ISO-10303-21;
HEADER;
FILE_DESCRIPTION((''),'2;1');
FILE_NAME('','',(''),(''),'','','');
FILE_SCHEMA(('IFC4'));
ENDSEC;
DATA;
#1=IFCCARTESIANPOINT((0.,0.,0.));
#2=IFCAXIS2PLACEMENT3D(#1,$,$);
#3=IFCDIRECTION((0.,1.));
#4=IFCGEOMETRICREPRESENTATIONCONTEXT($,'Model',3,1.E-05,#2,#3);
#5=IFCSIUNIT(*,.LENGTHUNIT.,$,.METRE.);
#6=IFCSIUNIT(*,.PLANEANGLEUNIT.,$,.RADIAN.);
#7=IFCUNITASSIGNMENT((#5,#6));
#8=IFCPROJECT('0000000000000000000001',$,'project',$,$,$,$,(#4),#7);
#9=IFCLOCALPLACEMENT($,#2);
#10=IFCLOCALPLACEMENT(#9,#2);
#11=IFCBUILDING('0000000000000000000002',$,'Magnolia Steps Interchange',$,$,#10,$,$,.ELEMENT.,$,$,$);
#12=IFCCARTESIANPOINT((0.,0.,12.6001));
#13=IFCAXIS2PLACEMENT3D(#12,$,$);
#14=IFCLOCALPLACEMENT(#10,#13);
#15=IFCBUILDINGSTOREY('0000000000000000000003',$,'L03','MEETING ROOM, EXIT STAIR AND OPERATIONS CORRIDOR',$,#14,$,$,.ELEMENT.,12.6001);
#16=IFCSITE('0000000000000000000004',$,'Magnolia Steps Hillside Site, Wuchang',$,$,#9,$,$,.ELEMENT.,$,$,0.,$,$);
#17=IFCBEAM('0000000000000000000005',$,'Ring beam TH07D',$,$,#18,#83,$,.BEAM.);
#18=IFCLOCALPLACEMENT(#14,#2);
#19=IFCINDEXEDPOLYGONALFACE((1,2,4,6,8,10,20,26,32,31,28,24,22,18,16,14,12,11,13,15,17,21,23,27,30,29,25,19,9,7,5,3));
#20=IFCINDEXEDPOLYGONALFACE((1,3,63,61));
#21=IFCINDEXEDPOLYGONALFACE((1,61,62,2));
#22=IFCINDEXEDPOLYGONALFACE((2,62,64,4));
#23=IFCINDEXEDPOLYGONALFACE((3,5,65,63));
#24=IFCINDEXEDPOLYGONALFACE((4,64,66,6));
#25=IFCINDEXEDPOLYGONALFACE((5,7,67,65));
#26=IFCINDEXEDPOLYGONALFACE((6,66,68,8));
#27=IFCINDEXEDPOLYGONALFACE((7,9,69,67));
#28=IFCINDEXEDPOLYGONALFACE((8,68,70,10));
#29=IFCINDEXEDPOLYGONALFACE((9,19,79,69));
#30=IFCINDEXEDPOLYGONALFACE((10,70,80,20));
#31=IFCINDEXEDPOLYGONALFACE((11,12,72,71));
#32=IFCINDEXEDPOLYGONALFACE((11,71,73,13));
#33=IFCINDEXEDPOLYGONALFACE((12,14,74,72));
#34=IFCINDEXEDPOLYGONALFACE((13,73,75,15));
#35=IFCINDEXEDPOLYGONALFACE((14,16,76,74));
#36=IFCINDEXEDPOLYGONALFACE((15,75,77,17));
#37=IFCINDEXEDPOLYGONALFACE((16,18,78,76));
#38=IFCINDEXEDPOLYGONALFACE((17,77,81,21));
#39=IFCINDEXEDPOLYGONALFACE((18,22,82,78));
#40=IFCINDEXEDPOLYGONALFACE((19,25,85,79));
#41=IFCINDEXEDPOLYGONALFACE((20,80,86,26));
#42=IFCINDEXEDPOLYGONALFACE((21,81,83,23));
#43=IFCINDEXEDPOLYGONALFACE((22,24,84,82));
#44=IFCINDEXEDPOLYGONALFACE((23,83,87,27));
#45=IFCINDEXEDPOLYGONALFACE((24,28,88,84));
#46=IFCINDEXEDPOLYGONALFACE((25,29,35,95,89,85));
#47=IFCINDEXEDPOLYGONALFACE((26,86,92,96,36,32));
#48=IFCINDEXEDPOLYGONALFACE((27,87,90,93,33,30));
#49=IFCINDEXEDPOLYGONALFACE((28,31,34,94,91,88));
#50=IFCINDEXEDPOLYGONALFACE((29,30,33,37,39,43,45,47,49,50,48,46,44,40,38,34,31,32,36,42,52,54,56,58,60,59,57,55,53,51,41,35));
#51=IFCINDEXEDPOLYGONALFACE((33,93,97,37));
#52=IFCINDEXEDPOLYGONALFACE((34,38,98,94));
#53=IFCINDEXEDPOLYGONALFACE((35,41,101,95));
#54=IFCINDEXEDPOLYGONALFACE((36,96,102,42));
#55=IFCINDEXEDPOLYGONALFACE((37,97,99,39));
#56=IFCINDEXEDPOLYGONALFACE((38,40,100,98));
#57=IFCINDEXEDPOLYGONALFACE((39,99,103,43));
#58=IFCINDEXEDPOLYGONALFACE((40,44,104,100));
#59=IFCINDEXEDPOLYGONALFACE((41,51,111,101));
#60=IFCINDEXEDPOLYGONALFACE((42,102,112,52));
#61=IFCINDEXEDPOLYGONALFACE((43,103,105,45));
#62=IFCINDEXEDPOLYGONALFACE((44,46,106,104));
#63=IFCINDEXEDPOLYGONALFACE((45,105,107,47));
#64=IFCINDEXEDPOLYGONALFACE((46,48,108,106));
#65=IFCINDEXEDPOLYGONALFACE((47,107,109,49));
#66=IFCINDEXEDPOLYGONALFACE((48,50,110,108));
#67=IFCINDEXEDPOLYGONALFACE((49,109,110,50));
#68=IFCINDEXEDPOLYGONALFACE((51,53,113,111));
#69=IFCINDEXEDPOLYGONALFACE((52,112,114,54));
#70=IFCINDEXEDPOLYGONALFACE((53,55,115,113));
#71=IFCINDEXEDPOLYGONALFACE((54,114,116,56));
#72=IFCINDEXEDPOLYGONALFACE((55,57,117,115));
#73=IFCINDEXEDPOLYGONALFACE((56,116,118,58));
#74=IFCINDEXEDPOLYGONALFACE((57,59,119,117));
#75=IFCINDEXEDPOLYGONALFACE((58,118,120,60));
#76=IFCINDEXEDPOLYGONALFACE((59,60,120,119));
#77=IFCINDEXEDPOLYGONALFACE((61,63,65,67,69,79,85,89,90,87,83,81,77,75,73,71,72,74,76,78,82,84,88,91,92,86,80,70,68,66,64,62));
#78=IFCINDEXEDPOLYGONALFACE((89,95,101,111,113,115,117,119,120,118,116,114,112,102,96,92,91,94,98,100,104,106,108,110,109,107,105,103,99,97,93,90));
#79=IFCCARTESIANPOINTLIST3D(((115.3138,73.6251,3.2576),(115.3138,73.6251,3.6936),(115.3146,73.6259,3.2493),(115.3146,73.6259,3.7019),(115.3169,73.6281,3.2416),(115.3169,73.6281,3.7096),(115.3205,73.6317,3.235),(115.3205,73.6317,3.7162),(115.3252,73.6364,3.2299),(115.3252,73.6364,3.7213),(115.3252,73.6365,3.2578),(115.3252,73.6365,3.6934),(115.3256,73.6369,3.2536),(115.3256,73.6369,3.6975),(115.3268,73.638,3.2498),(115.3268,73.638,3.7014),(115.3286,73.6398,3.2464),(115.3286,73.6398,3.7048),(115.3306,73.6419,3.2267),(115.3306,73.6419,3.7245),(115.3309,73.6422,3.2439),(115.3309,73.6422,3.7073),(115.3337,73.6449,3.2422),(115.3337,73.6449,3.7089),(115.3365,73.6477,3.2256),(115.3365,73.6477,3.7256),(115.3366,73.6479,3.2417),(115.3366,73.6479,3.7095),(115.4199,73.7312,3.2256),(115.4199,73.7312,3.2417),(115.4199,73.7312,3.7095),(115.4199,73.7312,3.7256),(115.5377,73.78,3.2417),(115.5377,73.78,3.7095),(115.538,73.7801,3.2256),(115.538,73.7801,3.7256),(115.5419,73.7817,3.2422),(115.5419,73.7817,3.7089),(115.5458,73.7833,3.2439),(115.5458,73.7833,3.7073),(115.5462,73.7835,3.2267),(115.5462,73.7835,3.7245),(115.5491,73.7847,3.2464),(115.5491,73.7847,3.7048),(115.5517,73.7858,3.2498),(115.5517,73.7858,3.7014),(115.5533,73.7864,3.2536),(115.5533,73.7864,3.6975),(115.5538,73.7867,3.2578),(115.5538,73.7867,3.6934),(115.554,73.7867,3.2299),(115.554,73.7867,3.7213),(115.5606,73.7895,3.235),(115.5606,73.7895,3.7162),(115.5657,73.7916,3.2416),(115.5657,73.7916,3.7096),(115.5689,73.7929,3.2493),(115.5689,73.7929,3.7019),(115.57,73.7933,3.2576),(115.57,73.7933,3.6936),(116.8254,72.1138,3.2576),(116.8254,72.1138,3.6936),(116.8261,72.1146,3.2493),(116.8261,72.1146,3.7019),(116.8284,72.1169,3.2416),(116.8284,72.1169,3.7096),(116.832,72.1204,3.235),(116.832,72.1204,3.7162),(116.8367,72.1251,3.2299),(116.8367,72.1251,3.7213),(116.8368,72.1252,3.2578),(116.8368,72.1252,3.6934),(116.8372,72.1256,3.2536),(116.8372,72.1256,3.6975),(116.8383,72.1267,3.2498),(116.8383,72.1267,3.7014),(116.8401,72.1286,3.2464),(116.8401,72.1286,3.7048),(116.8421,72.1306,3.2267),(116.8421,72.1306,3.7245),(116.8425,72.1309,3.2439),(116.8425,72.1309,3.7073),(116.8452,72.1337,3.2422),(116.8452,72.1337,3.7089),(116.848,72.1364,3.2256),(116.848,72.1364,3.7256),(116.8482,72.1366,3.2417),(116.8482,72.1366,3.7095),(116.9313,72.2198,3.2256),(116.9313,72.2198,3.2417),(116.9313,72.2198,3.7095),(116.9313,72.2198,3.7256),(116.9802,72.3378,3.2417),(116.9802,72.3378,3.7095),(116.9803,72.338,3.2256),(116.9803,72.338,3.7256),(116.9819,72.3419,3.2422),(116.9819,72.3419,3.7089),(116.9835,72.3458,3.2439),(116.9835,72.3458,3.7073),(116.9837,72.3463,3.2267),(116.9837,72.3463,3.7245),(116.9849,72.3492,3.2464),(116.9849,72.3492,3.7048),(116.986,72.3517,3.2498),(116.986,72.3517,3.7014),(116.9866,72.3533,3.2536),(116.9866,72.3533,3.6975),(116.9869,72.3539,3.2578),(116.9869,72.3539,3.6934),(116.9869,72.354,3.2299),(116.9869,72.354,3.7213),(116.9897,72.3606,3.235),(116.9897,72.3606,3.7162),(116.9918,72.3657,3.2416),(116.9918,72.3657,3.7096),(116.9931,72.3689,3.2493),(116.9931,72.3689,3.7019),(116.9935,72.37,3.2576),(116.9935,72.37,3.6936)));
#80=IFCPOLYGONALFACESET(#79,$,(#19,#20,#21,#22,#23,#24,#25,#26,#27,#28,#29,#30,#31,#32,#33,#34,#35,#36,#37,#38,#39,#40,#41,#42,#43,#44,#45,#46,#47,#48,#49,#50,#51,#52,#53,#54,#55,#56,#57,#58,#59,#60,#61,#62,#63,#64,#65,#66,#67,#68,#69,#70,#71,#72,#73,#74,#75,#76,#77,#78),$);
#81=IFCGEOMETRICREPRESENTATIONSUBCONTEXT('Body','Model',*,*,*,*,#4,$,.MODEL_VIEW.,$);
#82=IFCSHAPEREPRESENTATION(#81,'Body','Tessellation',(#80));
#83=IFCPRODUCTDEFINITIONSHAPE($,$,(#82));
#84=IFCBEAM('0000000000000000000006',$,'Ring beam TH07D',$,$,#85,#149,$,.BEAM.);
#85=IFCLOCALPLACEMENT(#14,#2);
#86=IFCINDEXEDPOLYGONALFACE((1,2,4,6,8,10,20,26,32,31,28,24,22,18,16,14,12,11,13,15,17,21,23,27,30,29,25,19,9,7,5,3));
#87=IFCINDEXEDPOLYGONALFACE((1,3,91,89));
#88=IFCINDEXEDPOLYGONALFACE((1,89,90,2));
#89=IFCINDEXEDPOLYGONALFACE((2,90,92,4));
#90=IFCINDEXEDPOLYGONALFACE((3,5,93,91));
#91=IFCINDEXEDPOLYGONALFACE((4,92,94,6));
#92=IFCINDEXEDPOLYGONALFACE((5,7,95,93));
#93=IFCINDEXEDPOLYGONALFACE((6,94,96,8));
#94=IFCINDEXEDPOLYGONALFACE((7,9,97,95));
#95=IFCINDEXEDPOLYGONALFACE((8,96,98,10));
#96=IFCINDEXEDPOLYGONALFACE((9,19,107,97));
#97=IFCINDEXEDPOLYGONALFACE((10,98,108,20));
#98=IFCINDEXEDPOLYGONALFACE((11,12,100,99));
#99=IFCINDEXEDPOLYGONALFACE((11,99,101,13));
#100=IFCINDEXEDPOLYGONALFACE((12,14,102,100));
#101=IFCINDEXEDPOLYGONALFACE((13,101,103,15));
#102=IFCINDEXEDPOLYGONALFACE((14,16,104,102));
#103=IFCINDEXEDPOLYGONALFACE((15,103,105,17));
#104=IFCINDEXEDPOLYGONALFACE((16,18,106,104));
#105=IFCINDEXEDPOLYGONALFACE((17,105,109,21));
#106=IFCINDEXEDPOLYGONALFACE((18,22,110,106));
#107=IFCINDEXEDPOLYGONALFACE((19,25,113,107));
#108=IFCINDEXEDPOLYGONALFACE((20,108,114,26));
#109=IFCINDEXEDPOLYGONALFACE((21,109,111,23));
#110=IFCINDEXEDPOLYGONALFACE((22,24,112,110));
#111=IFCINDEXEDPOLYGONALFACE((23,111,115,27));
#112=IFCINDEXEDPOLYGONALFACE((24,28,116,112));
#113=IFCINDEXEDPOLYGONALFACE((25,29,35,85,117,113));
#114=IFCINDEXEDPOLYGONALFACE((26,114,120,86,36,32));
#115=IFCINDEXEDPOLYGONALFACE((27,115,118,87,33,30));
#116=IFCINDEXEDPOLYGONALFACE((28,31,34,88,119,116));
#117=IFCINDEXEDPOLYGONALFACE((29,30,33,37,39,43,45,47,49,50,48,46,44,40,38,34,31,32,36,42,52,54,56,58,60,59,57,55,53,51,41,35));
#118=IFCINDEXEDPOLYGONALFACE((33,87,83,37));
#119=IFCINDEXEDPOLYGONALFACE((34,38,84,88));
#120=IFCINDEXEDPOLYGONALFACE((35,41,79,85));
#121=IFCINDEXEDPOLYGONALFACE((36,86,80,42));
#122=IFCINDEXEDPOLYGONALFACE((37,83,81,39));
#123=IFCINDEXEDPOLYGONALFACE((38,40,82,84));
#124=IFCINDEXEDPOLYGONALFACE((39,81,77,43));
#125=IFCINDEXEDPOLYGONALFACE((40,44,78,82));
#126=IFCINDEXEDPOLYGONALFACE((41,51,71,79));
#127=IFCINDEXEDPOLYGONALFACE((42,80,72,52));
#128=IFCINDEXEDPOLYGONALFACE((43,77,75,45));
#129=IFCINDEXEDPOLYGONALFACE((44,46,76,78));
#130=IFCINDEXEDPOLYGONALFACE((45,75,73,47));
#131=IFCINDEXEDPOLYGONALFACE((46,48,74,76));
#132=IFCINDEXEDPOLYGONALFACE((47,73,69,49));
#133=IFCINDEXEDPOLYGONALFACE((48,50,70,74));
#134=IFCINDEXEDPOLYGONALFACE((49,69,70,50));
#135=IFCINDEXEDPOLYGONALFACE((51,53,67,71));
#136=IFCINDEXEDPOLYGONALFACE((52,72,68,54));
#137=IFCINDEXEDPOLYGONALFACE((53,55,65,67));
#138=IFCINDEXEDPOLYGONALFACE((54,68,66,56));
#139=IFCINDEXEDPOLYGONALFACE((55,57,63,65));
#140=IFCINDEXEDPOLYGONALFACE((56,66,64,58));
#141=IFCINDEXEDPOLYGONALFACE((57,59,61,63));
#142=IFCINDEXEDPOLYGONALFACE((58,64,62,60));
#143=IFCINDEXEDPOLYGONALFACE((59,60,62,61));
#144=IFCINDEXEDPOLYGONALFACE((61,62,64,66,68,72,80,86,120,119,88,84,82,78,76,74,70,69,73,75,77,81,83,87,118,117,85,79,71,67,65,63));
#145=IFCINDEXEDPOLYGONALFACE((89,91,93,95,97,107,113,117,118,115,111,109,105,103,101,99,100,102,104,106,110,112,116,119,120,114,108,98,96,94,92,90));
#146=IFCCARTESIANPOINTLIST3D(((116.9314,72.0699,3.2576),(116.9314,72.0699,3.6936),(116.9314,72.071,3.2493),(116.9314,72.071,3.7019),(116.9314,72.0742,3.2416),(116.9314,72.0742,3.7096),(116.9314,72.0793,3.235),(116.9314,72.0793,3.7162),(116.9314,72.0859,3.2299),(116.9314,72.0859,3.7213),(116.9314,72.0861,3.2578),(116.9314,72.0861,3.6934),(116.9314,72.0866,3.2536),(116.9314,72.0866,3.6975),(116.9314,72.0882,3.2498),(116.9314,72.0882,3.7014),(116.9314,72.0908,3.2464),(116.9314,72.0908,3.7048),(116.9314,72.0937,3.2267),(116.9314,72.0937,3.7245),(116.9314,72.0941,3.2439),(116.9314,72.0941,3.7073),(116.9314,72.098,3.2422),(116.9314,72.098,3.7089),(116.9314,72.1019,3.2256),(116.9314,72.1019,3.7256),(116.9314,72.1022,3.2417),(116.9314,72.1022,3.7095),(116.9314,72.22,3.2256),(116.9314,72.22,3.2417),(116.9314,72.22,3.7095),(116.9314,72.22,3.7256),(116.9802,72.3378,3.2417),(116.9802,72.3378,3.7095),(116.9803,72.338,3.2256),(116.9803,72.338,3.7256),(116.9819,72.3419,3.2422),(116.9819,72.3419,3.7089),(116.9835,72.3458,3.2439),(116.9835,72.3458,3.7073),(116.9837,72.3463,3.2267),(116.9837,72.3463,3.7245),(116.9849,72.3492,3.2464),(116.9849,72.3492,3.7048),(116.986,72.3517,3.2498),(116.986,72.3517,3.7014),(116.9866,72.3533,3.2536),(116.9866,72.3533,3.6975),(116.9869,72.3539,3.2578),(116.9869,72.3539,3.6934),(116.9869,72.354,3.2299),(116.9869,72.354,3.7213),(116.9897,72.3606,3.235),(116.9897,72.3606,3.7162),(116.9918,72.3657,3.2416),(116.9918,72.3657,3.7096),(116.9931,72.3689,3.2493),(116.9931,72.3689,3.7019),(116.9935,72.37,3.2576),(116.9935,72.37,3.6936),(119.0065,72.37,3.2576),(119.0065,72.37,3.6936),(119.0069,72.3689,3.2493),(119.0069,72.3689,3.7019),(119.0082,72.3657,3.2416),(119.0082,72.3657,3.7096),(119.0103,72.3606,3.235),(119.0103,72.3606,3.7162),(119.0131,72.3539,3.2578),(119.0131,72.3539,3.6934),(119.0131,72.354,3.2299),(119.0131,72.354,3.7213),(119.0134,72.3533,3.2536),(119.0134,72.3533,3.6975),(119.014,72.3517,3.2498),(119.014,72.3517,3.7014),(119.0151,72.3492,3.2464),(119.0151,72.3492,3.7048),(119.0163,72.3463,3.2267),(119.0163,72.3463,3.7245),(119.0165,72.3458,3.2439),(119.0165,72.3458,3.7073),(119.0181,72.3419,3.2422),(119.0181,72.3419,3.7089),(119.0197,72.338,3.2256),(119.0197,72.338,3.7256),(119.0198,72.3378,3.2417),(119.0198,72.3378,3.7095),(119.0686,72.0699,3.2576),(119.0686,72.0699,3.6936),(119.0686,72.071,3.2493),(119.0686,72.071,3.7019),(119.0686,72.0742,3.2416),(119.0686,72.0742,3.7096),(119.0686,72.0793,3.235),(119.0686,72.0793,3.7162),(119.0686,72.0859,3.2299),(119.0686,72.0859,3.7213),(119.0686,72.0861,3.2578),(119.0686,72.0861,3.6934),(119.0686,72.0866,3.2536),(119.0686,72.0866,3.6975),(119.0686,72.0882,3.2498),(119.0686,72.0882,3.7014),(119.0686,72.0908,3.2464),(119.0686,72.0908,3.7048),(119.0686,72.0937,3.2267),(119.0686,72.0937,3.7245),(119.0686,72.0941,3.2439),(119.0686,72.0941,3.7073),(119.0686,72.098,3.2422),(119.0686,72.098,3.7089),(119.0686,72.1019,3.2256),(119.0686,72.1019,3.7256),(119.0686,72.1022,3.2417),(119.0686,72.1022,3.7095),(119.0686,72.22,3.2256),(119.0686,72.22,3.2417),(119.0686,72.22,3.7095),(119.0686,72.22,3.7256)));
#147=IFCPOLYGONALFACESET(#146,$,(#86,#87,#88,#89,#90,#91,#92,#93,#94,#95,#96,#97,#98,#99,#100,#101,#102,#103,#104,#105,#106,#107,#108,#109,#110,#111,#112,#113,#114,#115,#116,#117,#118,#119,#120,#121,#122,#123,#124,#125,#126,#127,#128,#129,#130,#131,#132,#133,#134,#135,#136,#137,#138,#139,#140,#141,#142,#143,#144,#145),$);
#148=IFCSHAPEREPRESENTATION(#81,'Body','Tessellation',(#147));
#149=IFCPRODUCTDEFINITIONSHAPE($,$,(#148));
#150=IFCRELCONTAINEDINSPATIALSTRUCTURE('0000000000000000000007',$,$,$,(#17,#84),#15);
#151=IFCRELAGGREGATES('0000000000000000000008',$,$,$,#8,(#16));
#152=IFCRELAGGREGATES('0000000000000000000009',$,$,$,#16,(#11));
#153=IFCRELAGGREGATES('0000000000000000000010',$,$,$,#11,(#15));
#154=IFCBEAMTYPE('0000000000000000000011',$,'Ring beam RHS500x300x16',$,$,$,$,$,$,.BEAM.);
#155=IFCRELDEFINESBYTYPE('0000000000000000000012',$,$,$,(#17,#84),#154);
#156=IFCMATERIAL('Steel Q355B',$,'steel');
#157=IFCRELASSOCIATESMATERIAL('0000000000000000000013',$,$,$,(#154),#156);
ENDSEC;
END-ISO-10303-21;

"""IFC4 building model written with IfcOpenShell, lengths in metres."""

from ifc_helpers import new_model, si_unit, direction, frame, origin, origin_2d, place, context, subcontext, project, spatial, hollow_rectangle, extrude, clip, halfspace, material, material_profile, profile_set, type_object, element, save


model = new_model("IFC4")

# Units and contexts
model_context = context("Model", 3, precision=1e-05, world=origin(), true_north=direction((0.0, 1.0)))
body_context = subcontext(model_context, "Body", "Model", "MODEL_VIEW")
ifc_project = project(units=[si_unit("LENGTHUNIT", "METRE"), si_unit("PLANEANGLEUNIT", "RADIAN")], contexts=[model_context])

# Site, building, storey
site_placement = place(None, origin())
site = spatial("IfcSite", under=ifc_project, at=site_placement, Name="Magnolia Steps Hillside Site, Wuchang", CompositionType="ELEMENT", RefElevation=0.0)
building_placement = place(site_placement, origin())
building = spatial("IfcBuilding", under=site, at=building_placement, Name="Magnolia Steps Interchange", CompositionType="ELEMENT")
storey_placement = place(building_placement, frame((0.0, 0.0, 12.6001)))
storey = spatial("IfcBuildingStorey", under=building, at=storey_placement, Name="L03", Description="MEETING ROOM, EXIT STAIR AND OPERATIONS CORRIDOR", CompositionType="ELEMENT", Elevation=12.6001)

# Beams
ifc_material_1 = material(Name="Steel Q355B", Category="steel")
ifc_material_profile_1 = material_profile(ifc_material_1, hollow_rectangle(XDim=0.3, YDim=0.5, WallThickness=0.0161, InnerFilletRadius=0.0161, OuterFilletRadius=0.032, at=origin_2d()), Name="RHS500x300x16")
ifc_profile_set_1 = profile_set([ifc_material_profile_1], Name="Steel Q355B")
beam_type_1 = type_object("IfcBeamType", Name="Ring beam RHS500x300x16", PredefinedType="BEAM", material=ifc_profile_set_1)
beam_1_placement = place(storey_placement, frame((115.4199, 73.7312, 3.4756), z_axis=(0.707164, -0.70705, 0.0), x_axis=(0.70705, 0.707164, 0.0)))
element("IfcBeam", 1, at=beam_1_placement, inside=storey, type_object=beam_type_1, Name="Ring beam TH07D", PredefinedType="BEAM", context=body_context, shape_type="Clipping", body=[
    clip(clip(extrude(hollow_rectangle(XDim=0.3, YDim=0.5, WallThickness=0.0161, InnerFilletRadius=0.0161, OuterFilletRadius=0.032, at=origin_2d()), origin(), (0.0, 0.0, 1.0), 2.1375), halfspace(frame((0.0, 0.0, 0.0), z_axis=(0.382758, 0.0, -0.923849), x_axis=(0.923849, 0.0, 0.382758)), False)), halfspace(frame((0.0, 0.0, 2.1374), z_axis=(0.382609, 0.0, 0.92391), x_axis=(0.92391, 0.0, -0.382609)), False)),
])
beam_2_placement = place(storey_placement, frame((116.9314, 72.22, 3.4756), z_axis=(1.0, 0.0, 0.0), x_axis=(0.0, 1.0, 0.0)))
element("IfcBeam", 2, at=beam_2_placement, inside=storey, type_object=beam_type_1, Name="Ring beam TH07D", PredefinedType="BEAM", context=body_context, shape_type="Clipping", body=[
    clip(clip(extrude(hollow_rectangle(XDim=0.3, YDim=0.5, WallThickness=0.0161, InnerFilletRadius=0.0161, OuterFilletRadius=0.032, at=origin_2d()), origin(), (0.0, 0.0, 1.0), 2.1372), halfspace(frame((0.0, 0.0, 0.0), z_axis=(0.382683, 0.0, -0.92388), x_axis=(0.92388, 0.0, 0.382683)), False)), halfspace(frame((0.0, 0.0, 2.1372), z_axis=(0.382683, 0.0, 0.92388), x_axis=(0.92388, 0.0, -0.382683)), False)),
])

save(model, "model.ifc")
